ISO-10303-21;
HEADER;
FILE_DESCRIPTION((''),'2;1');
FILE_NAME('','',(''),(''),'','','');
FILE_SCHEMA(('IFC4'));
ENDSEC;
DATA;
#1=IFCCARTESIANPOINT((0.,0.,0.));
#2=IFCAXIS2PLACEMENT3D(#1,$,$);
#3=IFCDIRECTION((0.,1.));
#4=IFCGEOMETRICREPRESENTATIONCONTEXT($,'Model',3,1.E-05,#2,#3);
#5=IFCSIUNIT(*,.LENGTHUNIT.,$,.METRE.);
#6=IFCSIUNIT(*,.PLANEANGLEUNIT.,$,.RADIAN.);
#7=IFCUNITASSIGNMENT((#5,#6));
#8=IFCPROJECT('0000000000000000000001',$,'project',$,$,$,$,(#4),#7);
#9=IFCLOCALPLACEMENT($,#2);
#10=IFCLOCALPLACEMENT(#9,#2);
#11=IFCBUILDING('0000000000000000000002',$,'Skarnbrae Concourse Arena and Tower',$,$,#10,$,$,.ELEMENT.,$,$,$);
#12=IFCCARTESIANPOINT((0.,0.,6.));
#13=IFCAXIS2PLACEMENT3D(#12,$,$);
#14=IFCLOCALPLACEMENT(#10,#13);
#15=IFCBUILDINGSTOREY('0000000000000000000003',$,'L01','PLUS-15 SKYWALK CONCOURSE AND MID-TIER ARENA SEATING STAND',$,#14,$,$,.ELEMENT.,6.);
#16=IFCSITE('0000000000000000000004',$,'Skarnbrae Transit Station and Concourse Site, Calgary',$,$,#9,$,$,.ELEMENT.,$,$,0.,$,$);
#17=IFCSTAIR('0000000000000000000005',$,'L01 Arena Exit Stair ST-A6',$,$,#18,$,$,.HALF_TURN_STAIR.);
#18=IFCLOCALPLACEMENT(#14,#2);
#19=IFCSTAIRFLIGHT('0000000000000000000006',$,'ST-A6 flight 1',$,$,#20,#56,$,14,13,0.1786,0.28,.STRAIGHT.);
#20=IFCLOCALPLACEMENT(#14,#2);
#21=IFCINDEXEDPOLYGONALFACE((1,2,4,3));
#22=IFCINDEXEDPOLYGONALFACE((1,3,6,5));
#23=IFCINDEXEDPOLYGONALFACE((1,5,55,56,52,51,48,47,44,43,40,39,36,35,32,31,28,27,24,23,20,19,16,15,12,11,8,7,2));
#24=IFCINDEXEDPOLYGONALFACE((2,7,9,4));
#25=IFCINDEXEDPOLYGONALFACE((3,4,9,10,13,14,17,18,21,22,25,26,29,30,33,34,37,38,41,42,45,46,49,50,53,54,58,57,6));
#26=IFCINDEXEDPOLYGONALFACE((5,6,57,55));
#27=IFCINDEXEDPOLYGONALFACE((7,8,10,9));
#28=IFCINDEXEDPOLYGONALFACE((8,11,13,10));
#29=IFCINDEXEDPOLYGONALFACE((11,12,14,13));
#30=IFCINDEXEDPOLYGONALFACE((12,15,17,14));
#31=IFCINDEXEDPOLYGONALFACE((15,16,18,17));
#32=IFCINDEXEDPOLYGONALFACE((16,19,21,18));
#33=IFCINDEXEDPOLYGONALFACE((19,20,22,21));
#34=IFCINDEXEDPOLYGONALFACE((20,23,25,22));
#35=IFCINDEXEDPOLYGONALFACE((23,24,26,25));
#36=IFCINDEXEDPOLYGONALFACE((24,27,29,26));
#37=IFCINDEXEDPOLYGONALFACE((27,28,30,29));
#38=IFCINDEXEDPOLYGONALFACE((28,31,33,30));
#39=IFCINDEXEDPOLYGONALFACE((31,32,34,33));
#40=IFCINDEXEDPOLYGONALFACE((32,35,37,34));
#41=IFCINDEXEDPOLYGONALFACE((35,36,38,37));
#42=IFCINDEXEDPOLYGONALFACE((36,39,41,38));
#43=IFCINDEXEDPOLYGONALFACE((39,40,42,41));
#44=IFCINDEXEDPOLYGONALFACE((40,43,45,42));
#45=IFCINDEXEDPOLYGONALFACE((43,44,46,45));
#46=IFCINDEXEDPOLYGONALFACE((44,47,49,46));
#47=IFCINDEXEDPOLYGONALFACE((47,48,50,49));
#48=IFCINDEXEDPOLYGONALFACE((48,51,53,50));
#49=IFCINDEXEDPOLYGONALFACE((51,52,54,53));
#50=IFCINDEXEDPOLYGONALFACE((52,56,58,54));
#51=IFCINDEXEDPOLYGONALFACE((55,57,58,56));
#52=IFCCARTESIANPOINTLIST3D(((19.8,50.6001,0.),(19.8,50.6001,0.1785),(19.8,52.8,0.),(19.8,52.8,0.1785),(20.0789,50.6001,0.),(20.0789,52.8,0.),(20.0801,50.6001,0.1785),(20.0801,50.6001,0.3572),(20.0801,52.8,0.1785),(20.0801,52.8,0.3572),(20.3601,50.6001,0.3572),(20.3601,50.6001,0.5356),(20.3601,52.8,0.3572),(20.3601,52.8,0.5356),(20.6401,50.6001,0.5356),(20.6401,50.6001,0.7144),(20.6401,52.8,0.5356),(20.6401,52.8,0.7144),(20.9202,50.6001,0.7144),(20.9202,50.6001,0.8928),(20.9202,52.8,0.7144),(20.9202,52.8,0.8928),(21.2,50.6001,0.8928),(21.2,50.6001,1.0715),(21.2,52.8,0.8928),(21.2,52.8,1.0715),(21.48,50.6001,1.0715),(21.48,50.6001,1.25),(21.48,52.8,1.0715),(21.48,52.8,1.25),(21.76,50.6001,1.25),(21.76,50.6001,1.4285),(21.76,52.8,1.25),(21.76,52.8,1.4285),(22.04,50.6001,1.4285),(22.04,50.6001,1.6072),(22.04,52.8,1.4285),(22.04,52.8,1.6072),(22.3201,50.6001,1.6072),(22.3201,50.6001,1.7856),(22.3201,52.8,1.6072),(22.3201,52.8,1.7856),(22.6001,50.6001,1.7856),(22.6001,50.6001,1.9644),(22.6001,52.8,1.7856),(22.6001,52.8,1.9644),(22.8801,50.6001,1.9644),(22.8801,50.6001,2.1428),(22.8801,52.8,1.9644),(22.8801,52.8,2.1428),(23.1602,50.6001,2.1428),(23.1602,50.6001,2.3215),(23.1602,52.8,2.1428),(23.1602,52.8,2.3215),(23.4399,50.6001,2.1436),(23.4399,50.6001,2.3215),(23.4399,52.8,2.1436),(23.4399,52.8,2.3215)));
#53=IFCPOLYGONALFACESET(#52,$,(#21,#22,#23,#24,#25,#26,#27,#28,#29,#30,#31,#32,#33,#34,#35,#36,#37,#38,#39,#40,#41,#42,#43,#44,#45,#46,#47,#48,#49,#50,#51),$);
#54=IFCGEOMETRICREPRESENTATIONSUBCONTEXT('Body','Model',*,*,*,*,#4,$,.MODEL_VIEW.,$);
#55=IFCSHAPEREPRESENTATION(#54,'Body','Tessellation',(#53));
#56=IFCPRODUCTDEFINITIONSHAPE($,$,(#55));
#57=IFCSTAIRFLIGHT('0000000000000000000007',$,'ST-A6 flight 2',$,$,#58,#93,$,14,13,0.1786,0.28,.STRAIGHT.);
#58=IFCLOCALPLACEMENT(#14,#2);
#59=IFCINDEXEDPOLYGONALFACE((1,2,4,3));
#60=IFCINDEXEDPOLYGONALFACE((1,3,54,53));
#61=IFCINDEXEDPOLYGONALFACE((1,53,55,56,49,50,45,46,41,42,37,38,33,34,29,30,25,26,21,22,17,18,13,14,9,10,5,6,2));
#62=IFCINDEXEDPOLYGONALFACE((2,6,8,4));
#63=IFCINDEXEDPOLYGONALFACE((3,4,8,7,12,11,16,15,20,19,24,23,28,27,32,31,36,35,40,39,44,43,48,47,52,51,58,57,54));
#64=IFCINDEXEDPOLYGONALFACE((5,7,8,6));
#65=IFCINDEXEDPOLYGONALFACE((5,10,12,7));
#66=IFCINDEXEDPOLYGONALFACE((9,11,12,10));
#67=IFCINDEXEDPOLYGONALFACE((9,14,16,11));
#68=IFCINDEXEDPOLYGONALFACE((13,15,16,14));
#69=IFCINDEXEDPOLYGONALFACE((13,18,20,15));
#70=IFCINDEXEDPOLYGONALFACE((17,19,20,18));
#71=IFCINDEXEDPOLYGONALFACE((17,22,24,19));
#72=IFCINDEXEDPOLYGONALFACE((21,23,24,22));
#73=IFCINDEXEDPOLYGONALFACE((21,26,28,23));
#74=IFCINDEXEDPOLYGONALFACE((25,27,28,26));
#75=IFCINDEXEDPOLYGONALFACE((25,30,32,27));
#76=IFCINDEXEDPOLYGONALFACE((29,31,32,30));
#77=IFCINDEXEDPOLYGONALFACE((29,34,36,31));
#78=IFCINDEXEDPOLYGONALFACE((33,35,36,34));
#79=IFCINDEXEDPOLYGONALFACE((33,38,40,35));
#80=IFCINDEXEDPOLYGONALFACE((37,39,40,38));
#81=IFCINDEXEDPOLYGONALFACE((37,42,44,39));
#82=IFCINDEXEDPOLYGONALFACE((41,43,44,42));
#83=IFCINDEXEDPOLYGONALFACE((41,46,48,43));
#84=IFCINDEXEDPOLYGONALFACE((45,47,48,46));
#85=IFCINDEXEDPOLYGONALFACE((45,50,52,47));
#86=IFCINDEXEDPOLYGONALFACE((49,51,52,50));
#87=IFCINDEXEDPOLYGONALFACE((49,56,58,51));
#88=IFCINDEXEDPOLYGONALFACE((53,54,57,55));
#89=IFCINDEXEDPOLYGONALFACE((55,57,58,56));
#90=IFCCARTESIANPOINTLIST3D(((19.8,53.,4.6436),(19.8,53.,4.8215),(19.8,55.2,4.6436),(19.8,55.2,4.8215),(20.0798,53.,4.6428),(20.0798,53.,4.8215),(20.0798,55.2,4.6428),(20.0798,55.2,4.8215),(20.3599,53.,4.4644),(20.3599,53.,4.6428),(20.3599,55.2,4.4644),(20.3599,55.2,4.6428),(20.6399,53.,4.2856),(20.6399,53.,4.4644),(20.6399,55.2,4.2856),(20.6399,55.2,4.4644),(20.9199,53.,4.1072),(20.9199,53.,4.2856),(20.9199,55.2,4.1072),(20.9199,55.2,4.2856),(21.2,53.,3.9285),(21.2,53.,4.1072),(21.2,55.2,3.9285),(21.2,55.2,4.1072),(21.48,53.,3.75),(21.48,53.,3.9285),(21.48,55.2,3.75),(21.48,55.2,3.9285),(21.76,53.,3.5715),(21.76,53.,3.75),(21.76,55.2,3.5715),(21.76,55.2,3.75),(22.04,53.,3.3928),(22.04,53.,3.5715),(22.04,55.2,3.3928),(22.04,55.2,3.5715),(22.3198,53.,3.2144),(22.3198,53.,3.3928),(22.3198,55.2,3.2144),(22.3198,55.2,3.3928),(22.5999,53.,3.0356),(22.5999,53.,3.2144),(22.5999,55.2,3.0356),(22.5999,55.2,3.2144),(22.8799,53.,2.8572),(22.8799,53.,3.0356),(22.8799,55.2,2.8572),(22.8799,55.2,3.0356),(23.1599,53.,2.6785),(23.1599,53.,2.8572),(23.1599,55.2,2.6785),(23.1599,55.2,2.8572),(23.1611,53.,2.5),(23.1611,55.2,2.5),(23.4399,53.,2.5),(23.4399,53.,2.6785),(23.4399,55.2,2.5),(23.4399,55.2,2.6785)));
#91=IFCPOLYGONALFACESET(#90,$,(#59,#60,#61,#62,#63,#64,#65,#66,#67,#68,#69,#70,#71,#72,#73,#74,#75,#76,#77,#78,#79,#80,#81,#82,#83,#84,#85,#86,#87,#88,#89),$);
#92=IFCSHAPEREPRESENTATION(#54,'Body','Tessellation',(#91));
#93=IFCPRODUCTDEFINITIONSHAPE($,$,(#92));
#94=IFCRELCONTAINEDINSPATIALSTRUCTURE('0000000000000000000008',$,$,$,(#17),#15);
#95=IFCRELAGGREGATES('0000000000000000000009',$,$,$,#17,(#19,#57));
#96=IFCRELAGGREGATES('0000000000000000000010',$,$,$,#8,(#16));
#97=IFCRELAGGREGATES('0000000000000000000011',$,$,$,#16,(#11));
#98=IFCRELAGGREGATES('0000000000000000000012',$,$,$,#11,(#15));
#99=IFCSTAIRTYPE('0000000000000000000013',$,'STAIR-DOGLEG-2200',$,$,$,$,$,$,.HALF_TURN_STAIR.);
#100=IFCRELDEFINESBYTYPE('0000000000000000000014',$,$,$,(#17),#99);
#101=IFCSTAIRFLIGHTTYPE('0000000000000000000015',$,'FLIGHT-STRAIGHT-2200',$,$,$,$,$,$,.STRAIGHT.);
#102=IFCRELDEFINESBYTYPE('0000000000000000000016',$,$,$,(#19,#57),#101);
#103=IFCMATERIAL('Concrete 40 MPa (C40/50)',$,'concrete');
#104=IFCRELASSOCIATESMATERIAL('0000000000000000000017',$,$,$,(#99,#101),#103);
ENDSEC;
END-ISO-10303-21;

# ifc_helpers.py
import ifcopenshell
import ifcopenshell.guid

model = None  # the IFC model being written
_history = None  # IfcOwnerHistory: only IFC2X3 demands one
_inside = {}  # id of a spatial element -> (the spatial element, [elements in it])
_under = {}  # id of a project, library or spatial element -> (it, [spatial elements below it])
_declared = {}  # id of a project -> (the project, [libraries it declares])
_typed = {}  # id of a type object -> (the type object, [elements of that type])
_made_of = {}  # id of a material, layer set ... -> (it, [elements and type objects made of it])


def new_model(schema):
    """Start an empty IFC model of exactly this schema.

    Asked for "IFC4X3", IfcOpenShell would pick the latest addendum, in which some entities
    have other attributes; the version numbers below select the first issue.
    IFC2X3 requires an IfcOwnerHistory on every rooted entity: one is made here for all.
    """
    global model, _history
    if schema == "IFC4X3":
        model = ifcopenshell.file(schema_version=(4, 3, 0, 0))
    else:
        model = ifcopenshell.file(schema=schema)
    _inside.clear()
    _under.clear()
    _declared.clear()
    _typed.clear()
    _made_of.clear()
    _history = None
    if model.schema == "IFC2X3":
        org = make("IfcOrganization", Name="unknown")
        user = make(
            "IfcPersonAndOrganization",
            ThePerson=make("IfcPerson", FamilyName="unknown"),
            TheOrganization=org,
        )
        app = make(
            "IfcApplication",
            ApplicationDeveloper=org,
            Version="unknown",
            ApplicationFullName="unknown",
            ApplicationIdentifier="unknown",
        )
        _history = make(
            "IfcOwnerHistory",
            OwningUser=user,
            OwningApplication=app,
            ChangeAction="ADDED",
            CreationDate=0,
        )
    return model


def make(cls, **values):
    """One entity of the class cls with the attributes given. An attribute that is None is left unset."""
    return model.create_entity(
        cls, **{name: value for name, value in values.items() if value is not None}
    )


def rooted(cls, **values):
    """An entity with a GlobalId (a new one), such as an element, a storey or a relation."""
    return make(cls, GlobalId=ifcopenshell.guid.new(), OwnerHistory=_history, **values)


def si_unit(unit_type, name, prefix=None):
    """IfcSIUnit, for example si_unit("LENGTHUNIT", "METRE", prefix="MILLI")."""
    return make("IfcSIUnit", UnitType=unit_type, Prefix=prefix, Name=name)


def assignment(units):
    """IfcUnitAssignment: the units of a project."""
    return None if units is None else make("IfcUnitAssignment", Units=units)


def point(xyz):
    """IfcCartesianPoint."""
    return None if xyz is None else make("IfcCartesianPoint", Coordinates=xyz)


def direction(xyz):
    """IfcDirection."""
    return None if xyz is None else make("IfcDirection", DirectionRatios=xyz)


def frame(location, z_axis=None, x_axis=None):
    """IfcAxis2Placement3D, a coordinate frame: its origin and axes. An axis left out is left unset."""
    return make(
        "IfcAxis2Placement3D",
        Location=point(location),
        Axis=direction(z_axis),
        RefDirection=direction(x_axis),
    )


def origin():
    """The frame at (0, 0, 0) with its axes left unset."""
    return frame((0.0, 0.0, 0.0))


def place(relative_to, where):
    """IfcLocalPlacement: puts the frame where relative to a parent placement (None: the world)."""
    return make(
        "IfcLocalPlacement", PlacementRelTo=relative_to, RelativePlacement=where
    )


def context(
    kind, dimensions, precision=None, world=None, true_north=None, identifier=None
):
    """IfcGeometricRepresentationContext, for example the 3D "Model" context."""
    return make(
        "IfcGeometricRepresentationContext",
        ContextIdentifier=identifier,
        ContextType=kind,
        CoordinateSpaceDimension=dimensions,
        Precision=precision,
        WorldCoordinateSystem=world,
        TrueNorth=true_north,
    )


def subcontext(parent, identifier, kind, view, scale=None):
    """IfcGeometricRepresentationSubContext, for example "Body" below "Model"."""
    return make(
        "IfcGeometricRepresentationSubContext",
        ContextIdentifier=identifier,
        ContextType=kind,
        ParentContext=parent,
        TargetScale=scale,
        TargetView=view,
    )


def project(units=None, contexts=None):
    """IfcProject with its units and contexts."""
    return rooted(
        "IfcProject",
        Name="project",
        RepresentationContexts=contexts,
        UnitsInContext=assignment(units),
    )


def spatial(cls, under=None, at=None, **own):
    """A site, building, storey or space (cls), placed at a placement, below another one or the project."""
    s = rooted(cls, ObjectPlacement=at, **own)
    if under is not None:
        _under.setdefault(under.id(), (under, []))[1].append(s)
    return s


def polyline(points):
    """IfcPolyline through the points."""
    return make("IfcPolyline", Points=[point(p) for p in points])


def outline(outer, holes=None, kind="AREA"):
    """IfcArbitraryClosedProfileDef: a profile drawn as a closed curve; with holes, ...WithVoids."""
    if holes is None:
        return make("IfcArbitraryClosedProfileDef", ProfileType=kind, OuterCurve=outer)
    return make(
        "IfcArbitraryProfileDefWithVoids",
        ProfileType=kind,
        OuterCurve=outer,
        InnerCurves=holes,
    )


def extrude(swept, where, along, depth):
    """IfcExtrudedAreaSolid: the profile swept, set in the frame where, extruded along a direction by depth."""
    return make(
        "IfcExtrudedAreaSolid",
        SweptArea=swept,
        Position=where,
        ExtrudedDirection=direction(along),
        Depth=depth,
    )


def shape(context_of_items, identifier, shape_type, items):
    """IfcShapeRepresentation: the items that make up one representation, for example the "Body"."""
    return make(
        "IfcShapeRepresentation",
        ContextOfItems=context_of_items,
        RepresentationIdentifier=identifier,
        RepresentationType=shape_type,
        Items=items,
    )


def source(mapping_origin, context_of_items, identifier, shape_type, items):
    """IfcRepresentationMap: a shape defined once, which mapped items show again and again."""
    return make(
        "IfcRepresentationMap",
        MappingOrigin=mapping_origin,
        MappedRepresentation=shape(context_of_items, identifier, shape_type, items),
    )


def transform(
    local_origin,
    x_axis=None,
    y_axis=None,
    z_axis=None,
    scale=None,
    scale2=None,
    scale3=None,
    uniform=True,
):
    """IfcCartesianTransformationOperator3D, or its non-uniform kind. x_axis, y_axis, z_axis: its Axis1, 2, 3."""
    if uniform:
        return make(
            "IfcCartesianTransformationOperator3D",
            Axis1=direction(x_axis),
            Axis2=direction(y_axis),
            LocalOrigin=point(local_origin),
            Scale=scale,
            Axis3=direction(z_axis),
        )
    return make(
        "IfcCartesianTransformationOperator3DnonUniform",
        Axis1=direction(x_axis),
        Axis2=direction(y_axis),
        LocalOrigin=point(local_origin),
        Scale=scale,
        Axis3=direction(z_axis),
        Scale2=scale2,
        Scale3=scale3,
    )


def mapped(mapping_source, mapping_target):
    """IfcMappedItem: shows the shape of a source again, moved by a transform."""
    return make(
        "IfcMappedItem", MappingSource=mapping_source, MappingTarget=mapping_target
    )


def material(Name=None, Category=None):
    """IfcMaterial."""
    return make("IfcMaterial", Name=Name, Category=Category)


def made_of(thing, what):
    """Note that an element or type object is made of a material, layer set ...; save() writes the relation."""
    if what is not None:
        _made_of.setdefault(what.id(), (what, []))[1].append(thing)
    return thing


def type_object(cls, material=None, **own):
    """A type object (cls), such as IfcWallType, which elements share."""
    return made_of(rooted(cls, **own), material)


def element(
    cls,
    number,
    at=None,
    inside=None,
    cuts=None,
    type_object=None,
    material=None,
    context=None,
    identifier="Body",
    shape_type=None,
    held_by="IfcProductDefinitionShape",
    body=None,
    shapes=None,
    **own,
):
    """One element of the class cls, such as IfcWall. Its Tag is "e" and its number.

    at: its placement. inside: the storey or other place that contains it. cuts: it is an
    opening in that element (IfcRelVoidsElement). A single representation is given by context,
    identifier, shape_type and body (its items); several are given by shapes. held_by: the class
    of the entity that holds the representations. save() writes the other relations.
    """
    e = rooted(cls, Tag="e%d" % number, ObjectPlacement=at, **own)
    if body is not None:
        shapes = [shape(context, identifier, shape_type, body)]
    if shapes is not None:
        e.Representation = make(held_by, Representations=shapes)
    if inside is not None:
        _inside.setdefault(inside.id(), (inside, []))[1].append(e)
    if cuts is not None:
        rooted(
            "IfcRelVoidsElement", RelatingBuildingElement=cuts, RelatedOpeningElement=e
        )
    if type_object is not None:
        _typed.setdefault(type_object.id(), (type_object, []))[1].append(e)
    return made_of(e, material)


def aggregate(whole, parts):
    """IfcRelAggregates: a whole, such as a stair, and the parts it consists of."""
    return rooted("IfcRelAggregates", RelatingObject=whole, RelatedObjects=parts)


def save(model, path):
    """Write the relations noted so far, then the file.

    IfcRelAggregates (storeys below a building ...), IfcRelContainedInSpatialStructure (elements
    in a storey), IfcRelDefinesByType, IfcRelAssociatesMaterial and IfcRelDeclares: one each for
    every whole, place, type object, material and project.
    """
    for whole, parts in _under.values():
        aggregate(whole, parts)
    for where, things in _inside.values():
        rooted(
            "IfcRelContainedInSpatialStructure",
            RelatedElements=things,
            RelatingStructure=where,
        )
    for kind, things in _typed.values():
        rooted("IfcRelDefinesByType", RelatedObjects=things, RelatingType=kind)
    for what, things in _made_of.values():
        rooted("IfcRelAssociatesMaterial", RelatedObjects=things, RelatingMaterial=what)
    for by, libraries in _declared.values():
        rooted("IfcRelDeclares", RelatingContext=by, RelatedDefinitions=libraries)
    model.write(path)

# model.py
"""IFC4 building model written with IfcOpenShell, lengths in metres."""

from ifc_helpers import new_model, si_unit, direction, frame, origin, place, context, subcontext, project, spatial, polyline, outline, extrude, source, transform, mapped, material, type_object, element, aggregate, save


model = new_model("IFC4")

# Units and contexts
model_context = context("Model", 3, precision=1e-05, world=origin(), true_north=direction((0.0, 1.0)))
body_context = subcontext(model_context, "Body", "Model", "MODEL_VIEW")
ifc_project = project(units=[si_unit("LENGTHUNIT", "METRE"), si_unit("PLANEANGLEUNIT", "RADIAN")], contexts=[model_context])

# Site, building, storey
site_placement = place(None, origin())
site = spatial("IfcSite", under=ifc_project, at=site_placement, Name="Skarnbrae Transit Station and Concourse Site, Calgary", CompositionType="ELEMENT", RefElevation=0.0)
building_placement = place(site_placement, origin())
building = spatial("IfcBuilding", under=site, at=building_placement, Name="Skarnbrae Concourse Arena and Tower", CompositionType="ELEMENT")
storey_placement = place(building_placement, frame((0.0, 0.0, 6.0)))
storey = spatial("IfcBuildingStorey", under=building, at=storey_placement, Name="L01", Description="PLUS-15 SKYWALK CONCOURSE AND MID-TIER ARENA SEATING STAND", CompositionType="ELEMENT", Elevation=6.0)

# Stair, stair flights
ifc_material_1 = material(Name="Concrete 40 MPa (C40/50)", Category="concrete")
stair_type = type_object("IfcStairType", Name="STAIR-DOGLEG-2200", PredefinedType="HALF_TURN_STAIR", material=ifc_material_1)
stair_placement = place(storey_placement, origin())
stair = element("IfcStair", 1, at=stair_placement, inside=storey, type_object=stair_type, Name="L01 Arena Exit Stair ST-A6", PredefinedType="HALF_TURN_STAIR")
stair_flight_type = type_object("IfcStairFlightType", Name="FLIGHT-STRAIGHT-2200", PredefinedType="STRAIGHT", material=ifc_material_1)
shared_shape_1 = source(origin(), body_context, "Body", "SweptSolid", [
    extrude(outline(polyline([(0.0, 0.0), (0.0, 0.1785), (0.28, 0.1785), (0.28, 0.3572), (0.5601, 0.3572), (0.5601, 0.5356), (0.8401, 0.5356), (0.8401, 0.7144), (1.1201, 0.7144), (1.1201, 0.8928), (1.3999, 0.8928), (1.3999, 1.0715), (1.6799, 1.0715), (1.6799, 1.25), (1.96, 1.25), (1.96, 1.4285), (2.24, 1.4285), (2.24, 1.6072), (2.52, 1.6072), (2.52, 1.7856), (2.8, 1.7856), (2.8, 1.9644), (3.0801, 1.9644), (3.0801, 2.1428), (3.3601, 2.1428), (3.3601, 2.3215), (3.6399, 2.3215), (3.6399, 2.5), (3.6399, 2.1436), (0.2788, 0.0), (0.0, 0.0)])), frame((0.0, 1.1001, 0.0), z_axis=(0.0, -1.0, 0.0), x_axis=(1.0, 0.0, 0.0)), (0.0, 0.0, 1.0), 2.2),
])
stair_flight_1_placement = place(storey_placement, frame((19.8, 51.7, 0.0), z_axis=(0.0, 0.0, 1.0), x_axis=(1.0, 0.0, 0.0)))
stair_flight_1 = element("IfcStairFlight", 2, at=stair_flight_1_placement, type_object=stair_flight_type, Name="ST-A6 flight 1", NumberOfRisers=14, NumberOfTreads=13, PredefinedType="STRAIGHT", RiserHeight=0.1786, TreadLength=0.28, context=body_context, shape_type="MappedRepresentation", body=[
    mapped(shared_shape_1, transform((0.0, 0.0, 0.0))),
])
stair_flight_2_placement = place(storey_placement, frame((23.4399, 54.1001, 2.5), z_axis=(0.0, 0.0, 1.0), x_axis=(-1.0, 0.0, 0.0)))
stair_flight_2 = element("IfcStairFlight", 3, at=stair_flight_2_placement, type_object=stair_flight_type, Name="ST-A6 flight 2", NumberOfRisers=14, NumberOfTreads=13, PredefinedType="STRAIGHT", RiserHeight=0.1786, TreadLength=0.28, context=body_context, shape_type="MappedRepresentation", body=[
    mapped(shared_shape_1, transform((0.0, 0.0, 0.0))),
])
aggregate(stair, [stair_flight_1, stair_flight_2])

save(model, "model.ifc")
